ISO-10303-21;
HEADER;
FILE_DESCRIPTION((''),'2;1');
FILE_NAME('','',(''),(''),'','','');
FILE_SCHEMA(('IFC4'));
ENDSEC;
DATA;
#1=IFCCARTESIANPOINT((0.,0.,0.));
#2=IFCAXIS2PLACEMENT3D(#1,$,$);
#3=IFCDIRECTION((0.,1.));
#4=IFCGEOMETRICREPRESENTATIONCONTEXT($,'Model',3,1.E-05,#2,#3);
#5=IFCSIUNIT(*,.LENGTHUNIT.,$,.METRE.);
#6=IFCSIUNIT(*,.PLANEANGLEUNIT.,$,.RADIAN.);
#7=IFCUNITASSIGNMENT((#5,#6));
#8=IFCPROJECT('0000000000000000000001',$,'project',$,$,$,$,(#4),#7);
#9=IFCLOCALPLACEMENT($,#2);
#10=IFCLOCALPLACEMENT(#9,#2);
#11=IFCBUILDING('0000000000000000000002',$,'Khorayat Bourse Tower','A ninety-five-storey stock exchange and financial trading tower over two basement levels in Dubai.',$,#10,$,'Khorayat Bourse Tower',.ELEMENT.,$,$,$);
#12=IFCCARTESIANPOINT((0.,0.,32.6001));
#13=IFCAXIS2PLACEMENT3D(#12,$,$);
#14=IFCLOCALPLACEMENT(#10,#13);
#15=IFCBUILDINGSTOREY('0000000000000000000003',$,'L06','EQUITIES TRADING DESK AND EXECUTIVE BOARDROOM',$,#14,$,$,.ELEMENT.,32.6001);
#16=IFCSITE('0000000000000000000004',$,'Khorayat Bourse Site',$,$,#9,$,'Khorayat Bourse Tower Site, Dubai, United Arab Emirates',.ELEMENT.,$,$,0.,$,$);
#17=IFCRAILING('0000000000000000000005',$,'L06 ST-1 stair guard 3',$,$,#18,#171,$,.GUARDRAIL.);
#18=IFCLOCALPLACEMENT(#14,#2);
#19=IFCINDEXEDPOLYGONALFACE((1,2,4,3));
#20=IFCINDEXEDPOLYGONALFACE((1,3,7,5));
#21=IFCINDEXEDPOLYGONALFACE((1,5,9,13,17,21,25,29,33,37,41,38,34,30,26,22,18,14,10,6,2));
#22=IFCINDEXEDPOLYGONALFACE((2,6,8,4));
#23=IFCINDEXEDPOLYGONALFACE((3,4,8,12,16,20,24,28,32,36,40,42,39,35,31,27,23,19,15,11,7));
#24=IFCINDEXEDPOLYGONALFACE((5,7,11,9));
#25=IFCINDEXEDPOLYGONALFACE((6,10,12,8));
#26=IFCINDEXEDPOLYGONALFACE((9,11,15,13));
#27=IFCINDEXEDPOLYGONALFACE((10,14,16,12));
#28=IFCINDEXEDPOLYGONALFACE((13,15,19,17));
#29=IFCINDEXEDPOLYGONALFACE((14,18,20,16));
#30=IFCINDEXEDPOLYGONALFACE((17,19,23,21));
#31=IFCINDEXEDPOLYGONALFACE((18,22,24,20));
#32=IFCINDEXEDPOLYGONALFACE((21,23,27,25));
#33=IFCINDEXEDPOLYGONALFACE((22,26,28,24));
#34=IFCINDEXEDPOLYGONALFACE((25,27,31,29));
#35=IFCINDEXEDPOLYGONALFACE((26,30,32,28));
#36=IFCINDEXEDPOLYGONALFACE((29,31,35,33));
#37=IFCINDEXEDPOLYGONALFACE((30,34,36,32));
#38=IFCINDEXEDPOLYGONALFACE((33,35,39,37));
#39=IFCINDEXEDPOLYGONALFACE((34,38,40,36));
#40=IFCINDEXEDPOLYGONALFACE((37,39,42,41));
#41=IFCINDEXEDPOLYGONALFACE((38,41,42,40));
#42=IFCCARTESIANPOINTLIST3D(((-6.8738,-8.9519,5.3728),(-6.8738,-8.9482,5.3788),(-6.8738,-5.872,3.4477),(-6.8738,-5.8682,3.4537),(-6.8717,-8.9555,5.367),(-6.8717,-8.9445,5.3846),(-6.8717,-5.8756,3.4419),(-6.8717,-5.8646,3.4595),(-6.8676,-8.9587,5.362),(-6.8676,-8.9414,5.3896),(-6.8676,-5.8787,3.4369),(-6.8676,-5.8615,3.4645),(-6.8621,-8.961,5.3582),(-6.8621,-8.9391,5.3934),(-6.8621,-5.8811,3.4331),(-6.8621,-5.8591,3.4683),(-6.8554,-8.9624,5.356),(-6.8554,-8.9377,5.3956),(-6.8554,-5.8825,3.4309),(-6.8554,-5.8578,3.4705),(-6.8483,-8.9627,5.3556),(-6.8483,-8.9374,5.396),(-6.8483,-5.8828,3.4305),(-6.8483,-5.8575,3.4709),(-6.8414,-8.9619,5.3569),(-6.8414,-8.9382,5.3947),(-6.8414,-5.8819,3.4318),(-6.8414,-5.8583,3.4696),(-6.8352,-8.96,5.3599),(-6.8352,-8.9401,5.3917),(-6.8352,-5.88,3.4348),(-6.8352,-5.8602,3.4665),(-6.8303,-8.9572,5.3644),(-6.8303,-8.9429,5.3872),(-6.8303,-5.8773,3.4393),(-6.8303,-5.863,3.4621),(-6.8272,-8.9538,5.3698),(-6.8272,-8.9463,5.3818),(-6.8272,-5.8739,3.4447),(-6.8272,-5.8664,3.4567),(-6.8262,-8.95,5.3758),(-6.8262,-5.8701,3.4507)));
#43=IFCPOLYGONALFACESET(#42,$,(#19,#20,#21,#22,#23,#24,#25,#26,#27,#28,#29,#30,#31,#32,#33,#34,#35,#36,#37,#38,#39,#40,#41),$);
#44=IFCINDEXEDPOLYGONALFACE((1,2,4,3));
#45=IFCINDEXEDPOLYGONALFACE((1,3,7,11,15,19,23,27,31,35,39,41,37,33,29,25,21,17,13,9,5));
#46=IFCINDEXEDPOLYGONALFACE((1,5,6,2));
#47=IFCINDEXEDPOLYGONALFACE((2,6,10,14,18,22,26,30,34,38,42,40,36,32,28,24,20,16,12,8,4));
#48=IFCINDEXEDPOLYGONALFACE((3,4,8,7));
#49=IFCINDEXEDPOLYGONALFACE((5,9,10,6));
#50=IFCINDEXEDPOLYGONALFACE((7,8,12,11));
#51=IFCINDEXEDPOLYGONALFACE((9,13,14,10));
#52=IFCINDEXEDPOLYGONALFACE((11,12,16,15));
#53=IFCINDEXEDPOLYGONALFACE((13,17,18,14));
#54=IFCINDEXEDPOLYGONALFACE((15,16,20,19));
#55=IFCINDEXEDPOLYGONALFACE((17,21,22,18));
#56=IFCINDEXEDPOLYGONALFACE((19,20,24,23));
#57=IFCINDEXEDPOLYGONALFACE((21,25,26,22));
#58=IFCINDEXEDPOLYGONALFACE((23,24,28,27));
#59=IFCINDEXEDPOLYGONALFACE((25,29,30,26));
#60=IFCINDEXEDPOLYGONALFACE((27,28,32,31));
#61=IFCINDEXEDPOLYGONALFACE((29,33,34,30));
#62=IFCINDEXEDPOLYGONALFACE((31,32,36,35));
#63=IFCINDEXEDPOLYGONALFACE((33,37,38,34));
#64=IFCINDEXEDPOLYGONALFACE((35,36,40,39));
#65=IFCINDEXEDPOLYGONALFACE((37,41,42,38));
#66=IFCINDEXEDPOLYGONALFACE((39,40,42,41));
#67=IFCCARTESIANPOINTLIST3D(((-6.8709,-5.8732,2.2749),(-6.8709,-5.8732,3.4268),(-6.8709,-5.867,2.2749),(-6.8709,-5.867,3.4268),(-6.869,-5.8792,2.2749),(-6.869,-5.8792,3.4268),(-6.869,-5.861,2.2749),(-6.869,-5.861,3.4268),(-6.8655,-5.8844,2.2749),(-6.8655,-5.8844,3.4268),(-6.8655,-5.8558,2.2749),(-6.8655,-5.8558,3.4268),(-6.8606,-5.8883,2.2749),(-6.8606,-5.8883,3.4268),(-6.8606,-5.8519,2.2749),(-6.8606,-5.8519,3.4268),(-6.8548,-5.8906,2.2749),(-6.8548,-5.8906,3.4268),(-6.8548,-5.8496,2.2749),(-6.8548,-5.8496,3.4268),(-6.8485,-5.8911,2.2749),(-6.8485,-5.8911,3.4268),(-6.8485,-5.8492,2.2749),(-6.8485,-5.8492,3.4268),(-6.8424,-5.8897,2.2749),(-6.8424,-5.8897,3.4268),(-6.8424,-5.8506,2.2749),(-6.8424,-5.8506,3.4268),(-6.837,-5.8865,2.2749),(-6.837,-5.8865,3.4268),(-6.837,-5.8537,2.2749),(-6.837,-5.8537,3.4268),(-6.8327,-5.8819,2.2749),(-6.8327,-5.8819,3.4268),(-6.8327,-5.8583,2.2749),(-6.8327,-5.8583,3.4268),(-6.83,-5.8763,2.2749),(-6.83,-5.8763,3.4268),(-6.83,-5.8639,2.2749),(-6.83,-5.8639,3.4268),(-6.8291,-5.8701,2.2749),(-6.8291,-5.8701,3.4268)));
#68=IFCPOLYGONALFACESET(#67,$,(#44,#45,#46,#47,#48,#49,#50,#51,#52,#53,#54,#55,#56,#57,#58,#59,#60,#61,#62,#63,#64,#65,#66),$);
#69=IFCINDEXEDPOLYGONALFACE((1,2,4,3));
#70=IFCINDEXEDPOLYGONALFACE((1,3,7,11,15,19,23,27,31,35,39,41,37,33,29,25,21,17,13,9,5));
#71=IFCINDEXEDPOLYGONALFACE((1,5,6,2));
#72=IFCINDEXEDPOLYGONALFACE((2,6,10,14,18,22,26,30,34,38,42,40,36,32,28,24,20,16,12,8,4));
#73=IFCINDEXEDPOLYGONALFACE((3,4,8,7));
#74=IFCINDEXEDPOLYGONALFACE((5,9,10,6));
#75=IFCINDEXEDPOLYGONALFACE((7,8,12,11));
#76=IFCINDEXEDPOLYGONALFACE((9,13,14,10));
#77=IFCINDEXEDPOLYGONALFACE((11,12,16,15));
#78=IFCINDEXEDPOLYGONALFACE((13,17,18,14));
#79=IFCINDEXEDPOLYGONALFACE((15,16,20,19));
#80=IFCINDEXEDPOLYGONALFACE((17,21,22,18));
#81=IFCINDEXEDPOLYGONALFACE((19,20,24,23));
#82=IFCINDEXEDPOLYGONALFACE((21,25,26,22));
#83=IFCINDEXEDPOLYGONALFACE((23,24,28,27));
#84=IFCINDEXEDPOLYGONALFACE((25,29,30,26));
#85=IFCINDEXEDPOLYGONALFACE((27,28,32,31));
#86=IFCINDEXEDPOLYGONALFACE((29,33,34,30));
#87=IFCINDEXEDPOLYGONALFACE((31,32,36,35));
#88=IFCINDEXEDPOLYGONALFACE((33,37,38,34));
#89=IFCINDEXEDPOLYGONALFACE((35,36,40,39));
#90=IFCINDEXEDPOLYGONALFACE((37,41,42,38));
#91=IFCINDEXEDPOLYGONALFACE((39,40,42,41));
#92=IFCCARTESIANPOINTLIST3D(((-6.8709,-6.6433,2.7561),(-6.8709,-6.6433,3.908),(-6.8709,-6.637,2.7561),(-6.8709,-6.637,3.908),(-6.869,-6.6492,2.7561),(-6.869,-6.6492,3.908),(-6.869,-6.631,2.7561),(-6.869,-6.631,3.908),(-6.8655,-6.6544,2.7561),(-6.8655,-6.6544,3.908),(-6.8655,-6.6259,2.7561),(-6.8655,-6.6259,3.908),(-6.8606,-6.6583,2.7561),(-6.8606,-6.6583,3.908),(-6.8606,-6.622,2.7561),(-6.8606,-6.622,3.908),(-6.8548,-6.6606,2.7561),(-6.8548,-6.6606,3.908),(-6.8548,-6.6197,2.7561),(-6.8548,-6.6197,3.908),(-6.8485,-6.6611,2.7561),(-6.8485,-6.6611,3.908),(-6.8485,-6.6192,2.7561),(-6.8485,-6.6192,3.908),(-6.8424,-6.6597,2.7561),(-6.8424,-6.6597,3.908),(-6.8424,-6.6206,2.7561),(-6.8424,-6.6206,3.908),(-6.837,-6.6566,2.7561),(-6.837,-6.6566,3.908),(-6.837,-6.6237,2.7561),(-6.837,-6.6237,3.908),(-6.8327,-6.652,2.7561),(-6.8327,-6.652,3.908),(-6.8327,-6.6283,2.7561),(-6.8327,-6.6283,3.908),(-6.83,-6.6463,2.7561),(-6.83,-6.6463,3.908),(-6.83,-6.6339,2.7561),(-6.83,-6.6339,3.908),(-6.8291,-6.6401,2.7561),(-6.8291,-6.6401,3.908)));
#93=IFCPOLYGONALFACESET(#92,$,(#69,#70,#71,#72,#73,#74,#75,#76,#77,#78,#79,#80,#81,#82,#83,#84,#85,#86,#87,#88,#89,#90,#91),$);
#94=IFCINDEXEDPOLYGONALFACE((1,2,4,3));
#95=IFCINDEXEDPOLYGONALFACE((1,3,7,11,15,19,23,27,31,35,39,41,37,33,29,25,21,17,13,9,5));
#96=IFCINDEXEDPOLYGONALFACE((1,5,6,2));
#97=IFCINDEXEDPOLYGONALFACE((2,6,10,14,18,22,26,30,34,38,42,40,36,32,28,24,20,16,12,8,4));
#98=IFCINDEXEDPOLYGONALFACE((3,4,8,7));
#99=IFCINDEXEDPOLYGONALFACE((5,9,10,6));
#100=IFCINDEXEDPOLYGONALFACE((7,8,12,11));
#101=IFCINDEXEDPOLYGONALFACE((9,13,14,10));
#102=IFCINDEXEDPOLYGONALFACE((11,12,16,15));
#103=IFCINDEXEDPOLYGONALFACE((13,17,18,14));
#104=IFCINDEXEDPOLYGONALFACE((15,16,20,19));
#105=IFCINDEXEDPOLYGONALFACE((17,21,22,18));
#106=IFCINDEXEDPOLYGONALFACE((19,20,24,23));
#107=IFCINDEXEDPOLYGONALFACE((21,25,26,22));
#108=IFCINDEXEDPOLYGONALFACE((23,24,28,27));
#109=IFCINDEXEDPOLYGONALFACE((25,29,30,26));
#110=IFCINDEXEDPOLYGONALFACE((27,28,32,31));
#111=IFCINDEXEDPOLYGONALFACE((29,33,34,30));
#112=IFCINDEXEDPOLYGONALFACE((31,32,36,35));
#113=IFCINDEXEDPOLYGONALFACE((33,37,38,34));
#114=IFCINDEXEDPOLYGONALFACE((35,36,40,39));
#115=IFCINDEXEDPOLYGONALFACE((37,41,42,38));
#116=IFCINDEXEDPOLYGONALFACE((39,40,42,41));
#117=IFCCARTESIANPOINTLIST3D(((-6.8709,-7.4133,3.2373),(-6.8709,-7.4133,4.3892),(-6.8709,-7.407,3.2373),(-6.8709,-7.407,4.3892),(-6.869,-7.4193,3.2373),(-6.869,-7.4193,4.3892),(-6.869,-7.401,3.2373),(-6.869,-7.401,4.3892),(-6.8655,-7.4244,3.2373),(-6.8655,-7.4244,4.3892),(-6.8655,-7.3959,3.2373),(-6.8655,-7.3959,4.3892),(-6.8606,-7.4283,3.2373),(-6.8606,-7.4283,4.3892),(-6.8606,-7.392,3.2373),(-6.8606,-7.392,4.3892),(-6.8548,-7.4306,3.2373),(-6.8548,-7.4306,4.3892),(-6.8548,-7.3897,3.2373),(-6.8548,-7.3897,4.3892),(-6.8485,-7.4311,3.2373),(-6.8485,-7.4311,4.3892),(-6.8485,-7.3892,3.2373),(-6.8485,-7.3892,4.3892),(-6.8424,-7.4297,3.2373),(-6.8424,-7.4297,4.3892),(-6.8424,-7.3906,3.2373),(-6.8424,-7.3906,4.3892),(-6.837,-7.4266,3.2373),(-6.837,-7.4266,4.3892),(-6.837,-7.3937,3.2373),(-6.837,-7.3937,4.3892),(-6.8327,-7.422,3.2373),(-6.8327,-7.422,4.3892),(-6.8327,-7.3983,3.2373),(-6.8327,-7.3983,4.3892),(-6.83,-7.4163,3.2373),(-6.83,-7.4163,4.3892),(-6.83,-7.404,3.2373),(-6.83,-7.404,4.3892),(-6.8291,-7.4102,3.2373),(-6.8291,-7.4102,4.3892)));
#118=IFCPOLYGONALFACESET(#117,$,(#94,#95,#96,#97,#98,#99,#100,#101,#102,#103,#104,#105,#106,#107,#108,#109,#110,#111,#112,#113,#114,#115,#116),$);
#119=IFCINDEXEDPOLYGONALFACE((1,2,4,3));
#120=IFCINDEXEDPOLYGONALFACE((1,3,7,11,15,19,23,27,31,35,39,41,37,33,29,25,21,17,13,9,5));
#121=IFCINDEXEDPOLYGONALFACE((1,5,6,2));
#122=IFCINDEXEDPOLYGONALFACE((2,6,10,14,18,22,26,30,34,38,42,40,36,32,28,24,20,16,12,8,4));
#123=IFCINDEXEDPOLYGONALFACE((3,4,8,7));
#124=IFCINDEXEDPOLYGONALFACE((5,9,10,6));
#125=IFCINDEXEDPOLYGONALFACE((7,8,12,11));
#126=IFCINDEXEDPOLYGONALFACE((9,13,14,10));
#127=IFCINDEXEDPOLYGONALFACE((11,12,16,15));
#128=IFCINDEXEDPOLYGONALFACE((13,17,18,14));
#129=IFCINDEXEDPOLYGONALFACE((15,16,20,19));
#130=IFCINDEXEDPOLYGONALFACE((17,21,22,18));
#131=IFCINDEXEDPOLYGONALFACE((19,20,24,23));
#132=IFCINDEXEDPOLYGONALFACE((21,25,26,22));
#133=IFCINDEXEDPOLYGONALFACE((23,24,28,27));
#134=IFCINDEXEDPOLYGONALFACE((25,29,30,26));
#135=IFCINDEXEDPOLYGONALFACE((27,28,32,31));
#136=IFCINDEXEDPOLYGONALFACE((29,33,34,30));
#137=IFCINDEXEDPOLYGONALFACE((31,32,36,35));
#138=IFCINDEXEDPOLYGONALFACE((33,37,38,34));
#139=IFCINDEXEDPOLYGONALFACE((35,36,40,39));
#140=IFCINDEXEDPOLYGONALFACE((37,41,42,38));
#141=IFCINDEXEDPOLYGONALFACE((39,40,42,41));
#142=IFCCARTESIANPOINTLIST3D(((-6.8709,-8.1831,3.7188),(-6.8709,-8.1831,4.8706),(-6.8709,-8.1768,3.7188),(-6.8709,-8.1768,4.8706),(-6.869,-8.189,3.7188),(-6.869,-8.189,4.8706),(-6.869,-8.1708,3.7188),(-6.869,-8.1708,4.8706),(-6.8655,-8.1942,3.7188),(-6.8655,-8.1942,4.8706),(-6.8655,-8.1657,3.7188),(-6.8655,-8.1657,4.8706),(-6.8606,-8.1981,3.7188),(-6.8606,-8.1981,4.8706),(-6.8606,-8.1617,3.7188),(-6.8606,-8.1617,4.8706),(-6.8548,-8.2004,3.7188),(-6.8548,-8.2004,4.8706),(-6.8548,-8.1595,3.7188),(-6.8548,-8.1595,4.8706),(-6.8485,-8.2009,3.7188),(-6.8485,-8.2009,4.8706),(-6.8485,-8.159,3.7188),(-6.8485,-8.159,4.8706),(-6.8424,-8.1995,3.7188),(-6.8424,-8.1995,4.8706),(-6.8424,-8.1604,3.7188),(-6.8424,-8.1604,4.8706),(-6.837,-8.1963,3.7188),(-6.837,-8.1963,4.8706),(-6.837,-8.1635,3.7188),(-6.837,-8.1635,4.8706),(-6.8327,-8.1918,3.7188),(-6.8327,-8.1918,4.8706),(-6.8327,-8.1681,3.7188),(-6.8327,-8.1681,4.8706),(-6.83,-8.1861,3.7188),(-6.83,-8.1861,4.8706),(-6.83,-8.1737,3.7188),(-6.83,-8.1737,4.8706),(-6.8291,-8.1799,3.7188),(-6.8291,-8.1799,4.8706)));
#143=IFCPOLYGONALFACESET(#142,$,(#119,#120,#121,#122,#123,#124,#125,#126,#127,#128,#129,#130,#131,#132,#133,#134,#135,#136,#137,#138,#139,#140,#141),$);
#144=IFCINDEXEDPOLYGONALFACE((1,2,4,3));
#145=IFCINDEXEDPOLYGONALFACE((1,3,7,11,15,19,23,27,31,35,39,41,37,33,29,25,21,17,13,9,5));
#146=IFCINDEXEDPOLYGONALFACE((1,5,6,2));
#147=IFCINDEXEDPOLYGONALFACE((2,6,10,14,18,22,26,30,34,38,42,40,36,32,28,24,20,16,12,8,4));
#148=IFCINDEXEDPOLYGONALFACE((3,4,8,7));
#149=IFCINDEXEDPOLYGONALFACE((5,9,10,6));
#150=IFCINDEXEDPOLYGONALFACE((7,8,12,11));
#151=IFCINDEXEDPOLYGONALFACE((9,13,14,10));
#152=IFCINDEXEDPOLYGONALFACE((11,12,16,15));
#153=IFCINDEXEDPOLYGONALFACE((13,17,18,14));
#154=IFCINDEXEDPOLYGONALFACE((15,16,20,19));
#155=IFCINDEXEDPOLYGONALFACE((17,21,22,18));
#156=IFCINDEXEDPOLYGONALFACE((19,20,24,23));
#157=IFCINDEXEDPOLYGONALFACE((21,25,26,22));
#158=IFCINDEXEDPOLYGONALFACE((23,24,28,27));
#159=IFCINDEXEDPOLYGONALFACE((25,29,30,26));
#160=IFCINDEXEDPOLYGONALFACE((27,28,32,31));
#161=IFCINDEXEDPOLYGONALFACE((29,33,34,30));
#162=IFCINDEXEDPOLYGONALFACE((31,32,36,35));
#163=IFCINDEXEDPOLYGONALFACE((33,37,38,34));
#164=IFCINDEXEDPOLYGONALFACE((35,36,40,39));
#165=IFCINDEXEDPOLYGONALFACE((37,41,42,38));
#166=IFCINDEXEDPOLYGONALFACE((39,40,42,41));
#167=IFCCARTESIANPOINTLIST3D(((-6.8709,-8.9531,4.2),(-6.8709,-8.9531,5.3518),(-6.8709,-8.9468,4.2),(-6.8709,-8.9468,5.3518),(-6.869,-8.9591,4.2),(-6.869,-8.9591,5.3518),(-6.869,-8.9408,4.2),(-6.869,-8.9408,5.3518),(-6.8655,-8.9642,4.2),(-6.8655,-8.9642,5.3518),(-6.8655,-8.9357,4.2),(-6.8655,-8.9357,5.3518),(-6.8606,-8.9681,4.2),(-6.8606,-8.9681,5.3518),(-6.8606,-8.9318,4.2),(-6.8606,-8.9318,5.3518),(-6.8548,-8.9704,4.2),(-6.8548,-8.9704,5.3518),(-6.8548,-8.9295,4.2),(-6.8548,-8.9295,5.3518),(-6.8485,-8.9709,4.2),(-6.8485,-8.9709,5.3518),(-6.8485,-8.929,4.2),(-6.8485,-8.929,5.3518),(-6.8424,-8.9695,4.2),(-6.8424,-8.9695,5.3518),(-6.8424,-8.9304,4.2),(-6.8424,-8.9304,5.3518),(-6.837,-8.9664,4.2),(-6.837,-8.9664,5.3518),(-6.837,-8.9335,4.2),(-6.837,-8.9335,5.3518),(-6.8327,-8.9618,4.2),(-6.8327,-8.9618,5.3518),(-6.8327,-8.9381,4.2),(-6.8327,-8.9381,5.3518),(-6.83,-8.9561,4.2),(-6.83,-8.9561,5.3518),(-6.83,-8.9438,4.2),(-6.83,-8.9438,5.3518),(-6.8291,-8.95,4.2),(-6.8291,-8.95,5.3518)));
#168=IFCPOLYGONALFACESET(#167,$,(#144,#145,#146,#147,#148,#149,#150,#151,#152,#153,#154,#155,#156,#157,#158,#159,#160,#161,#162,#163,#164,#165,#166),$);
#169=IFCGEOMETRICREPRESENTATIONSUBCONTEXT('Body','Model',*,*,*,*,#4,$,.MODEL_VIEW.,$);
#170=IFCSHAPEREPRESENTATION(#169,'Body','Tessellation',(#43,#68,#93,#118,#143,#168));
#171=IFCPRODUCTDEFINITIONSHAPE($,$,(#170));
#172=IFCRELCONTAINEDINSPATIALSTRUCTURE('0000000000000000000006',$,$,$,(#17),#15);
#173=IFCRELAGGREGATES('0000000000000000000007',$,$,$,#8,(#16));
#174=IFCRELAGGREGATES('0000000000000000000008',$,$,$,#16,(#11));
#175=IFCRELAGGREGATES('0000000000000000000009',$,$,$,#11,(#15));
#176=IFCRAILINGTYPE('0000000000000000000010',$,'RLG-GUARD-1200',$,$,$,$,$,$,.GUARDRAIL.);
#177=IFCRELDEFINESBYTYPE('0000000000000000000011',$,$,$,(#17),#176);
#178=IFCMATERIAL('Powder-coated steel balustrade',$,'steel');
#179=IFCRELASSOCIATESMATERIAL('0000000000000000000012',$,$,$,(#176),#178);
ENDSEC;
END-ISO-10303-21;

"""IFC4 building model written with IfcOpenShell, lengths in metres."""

from ifc_helpers import new_model, si_unit, direction, frame, origin, origin_2d, place, context, subcontext, project, spatial, circle, extrude, source, transform, mapped, material, type_object, element, save


model = new_model("IFC4")

# Units and contexts
model_context = context("Model", 3, precision=1e-05, world=origin(), true_north=direction((0.0, 1.0)))
body_context = subcontext(model_context, "Body", "Model", "MODEL_VIEW")
ifc_project = project(units=[si_unit("LENGTHUNIT", "METRE"), si_unit("PLANEANGLEUNIT", "RADIAN")], contexts=[model_context])

# Site, building, storey
site_placement = place(None, origin())
site = spatial("IfcSite", under=ifc_project, at=site_placement, Name="Khorayat Bourse Site", LongName="Khorayat Bourse Tower Site, Dubai, United Arab Emirates", CompositionType="ELEMENT", RefElevation=0.0)
building_placement = place(site_placement, origin())
building = spatial("IfcBuilding", under=site, at=building_placement, Name="Khorayat Bourse Tower", Description="A ninety-five-storey stock exchange and financial trading tower over two basement levels in Dubai.", LongName="Khorayat Bourse Tower", CompositionType="ELEMENT")
storey_placement = place(building_placement, frame((0.0, 0.0, 32.6001)))
storey = spatial("IfcBuildingStorey", under=building, at=storey_placement, Name="L06", Description="EQUITIES TRADING DESK AND EXECUTIVE BOARDROOM", CompositionType="ELEMENT", Elevation=32.6001)

# Railing
ifc_material_1 = material(Name="Powder-coated steel balustrade", Category="steel")
railing_type_1 = type_object("IfcRailingType", Name="RLG-GUARD-1200", PredefinedType="GUARDRAIL", material=ifc_material_1)
shared_shape_1 = source(origin(), body_context, "Body", "SweptSolid", [
    extrude(circle(Radius=0.0239, at=origin_2d()), frame((0.0, 0.0, 1.1758), z_axis=(0.0, -0.847979, 0.530029), x_axis=(1.0, 0.0, 0.0)), (0.0, 0.0, 1.0), 3.6321),
    extrude(circle(Radius=0.021, at=origin_2d()), origin(), (0.0, 0.0, 1.0), 1.1519),
    extrude(circle(Radius=0.021, at=origin_2d()), frame((0.0, -0.77, 0.4812)), (0.0, 0.0, 1.0), 1.1519),
    extrude(circle(Radius=0.021, at=origin_2d()), frame((0.0, -1.54, 0.9624)), (0.0, 0.0, 1.0), 1.1519),
    extrude(circle(Radius=0.021, at=origin_2d()), frame((0.0, -2.3098, 1.4438)), (0.0, 0.0, 1.0), 1.1519),
    extrude(circle(Radius=0.021, at=origin_2d()), frame((0.0, -3.0798, 1.925)), (0.0, 0.0, 1.0), 1.1519),
])
railing_1_placement = place(storey_placement, frame((-6.8501, -5.8701, 2.2749)))
element("IfcRailing", 1, at=railing_1_placement, inside=storey, type_object=railing_type_1, Name="L06 ST-1 stair guard 3", PredefinedType="GUARDRAIL", context=body_context, shape_type="MappedRepresentation", body=[
    mapped(shared_shape_1, transform((0.0, 0.0, 0.0), scale=1.0)),
])

save(model, "model.ifc")
